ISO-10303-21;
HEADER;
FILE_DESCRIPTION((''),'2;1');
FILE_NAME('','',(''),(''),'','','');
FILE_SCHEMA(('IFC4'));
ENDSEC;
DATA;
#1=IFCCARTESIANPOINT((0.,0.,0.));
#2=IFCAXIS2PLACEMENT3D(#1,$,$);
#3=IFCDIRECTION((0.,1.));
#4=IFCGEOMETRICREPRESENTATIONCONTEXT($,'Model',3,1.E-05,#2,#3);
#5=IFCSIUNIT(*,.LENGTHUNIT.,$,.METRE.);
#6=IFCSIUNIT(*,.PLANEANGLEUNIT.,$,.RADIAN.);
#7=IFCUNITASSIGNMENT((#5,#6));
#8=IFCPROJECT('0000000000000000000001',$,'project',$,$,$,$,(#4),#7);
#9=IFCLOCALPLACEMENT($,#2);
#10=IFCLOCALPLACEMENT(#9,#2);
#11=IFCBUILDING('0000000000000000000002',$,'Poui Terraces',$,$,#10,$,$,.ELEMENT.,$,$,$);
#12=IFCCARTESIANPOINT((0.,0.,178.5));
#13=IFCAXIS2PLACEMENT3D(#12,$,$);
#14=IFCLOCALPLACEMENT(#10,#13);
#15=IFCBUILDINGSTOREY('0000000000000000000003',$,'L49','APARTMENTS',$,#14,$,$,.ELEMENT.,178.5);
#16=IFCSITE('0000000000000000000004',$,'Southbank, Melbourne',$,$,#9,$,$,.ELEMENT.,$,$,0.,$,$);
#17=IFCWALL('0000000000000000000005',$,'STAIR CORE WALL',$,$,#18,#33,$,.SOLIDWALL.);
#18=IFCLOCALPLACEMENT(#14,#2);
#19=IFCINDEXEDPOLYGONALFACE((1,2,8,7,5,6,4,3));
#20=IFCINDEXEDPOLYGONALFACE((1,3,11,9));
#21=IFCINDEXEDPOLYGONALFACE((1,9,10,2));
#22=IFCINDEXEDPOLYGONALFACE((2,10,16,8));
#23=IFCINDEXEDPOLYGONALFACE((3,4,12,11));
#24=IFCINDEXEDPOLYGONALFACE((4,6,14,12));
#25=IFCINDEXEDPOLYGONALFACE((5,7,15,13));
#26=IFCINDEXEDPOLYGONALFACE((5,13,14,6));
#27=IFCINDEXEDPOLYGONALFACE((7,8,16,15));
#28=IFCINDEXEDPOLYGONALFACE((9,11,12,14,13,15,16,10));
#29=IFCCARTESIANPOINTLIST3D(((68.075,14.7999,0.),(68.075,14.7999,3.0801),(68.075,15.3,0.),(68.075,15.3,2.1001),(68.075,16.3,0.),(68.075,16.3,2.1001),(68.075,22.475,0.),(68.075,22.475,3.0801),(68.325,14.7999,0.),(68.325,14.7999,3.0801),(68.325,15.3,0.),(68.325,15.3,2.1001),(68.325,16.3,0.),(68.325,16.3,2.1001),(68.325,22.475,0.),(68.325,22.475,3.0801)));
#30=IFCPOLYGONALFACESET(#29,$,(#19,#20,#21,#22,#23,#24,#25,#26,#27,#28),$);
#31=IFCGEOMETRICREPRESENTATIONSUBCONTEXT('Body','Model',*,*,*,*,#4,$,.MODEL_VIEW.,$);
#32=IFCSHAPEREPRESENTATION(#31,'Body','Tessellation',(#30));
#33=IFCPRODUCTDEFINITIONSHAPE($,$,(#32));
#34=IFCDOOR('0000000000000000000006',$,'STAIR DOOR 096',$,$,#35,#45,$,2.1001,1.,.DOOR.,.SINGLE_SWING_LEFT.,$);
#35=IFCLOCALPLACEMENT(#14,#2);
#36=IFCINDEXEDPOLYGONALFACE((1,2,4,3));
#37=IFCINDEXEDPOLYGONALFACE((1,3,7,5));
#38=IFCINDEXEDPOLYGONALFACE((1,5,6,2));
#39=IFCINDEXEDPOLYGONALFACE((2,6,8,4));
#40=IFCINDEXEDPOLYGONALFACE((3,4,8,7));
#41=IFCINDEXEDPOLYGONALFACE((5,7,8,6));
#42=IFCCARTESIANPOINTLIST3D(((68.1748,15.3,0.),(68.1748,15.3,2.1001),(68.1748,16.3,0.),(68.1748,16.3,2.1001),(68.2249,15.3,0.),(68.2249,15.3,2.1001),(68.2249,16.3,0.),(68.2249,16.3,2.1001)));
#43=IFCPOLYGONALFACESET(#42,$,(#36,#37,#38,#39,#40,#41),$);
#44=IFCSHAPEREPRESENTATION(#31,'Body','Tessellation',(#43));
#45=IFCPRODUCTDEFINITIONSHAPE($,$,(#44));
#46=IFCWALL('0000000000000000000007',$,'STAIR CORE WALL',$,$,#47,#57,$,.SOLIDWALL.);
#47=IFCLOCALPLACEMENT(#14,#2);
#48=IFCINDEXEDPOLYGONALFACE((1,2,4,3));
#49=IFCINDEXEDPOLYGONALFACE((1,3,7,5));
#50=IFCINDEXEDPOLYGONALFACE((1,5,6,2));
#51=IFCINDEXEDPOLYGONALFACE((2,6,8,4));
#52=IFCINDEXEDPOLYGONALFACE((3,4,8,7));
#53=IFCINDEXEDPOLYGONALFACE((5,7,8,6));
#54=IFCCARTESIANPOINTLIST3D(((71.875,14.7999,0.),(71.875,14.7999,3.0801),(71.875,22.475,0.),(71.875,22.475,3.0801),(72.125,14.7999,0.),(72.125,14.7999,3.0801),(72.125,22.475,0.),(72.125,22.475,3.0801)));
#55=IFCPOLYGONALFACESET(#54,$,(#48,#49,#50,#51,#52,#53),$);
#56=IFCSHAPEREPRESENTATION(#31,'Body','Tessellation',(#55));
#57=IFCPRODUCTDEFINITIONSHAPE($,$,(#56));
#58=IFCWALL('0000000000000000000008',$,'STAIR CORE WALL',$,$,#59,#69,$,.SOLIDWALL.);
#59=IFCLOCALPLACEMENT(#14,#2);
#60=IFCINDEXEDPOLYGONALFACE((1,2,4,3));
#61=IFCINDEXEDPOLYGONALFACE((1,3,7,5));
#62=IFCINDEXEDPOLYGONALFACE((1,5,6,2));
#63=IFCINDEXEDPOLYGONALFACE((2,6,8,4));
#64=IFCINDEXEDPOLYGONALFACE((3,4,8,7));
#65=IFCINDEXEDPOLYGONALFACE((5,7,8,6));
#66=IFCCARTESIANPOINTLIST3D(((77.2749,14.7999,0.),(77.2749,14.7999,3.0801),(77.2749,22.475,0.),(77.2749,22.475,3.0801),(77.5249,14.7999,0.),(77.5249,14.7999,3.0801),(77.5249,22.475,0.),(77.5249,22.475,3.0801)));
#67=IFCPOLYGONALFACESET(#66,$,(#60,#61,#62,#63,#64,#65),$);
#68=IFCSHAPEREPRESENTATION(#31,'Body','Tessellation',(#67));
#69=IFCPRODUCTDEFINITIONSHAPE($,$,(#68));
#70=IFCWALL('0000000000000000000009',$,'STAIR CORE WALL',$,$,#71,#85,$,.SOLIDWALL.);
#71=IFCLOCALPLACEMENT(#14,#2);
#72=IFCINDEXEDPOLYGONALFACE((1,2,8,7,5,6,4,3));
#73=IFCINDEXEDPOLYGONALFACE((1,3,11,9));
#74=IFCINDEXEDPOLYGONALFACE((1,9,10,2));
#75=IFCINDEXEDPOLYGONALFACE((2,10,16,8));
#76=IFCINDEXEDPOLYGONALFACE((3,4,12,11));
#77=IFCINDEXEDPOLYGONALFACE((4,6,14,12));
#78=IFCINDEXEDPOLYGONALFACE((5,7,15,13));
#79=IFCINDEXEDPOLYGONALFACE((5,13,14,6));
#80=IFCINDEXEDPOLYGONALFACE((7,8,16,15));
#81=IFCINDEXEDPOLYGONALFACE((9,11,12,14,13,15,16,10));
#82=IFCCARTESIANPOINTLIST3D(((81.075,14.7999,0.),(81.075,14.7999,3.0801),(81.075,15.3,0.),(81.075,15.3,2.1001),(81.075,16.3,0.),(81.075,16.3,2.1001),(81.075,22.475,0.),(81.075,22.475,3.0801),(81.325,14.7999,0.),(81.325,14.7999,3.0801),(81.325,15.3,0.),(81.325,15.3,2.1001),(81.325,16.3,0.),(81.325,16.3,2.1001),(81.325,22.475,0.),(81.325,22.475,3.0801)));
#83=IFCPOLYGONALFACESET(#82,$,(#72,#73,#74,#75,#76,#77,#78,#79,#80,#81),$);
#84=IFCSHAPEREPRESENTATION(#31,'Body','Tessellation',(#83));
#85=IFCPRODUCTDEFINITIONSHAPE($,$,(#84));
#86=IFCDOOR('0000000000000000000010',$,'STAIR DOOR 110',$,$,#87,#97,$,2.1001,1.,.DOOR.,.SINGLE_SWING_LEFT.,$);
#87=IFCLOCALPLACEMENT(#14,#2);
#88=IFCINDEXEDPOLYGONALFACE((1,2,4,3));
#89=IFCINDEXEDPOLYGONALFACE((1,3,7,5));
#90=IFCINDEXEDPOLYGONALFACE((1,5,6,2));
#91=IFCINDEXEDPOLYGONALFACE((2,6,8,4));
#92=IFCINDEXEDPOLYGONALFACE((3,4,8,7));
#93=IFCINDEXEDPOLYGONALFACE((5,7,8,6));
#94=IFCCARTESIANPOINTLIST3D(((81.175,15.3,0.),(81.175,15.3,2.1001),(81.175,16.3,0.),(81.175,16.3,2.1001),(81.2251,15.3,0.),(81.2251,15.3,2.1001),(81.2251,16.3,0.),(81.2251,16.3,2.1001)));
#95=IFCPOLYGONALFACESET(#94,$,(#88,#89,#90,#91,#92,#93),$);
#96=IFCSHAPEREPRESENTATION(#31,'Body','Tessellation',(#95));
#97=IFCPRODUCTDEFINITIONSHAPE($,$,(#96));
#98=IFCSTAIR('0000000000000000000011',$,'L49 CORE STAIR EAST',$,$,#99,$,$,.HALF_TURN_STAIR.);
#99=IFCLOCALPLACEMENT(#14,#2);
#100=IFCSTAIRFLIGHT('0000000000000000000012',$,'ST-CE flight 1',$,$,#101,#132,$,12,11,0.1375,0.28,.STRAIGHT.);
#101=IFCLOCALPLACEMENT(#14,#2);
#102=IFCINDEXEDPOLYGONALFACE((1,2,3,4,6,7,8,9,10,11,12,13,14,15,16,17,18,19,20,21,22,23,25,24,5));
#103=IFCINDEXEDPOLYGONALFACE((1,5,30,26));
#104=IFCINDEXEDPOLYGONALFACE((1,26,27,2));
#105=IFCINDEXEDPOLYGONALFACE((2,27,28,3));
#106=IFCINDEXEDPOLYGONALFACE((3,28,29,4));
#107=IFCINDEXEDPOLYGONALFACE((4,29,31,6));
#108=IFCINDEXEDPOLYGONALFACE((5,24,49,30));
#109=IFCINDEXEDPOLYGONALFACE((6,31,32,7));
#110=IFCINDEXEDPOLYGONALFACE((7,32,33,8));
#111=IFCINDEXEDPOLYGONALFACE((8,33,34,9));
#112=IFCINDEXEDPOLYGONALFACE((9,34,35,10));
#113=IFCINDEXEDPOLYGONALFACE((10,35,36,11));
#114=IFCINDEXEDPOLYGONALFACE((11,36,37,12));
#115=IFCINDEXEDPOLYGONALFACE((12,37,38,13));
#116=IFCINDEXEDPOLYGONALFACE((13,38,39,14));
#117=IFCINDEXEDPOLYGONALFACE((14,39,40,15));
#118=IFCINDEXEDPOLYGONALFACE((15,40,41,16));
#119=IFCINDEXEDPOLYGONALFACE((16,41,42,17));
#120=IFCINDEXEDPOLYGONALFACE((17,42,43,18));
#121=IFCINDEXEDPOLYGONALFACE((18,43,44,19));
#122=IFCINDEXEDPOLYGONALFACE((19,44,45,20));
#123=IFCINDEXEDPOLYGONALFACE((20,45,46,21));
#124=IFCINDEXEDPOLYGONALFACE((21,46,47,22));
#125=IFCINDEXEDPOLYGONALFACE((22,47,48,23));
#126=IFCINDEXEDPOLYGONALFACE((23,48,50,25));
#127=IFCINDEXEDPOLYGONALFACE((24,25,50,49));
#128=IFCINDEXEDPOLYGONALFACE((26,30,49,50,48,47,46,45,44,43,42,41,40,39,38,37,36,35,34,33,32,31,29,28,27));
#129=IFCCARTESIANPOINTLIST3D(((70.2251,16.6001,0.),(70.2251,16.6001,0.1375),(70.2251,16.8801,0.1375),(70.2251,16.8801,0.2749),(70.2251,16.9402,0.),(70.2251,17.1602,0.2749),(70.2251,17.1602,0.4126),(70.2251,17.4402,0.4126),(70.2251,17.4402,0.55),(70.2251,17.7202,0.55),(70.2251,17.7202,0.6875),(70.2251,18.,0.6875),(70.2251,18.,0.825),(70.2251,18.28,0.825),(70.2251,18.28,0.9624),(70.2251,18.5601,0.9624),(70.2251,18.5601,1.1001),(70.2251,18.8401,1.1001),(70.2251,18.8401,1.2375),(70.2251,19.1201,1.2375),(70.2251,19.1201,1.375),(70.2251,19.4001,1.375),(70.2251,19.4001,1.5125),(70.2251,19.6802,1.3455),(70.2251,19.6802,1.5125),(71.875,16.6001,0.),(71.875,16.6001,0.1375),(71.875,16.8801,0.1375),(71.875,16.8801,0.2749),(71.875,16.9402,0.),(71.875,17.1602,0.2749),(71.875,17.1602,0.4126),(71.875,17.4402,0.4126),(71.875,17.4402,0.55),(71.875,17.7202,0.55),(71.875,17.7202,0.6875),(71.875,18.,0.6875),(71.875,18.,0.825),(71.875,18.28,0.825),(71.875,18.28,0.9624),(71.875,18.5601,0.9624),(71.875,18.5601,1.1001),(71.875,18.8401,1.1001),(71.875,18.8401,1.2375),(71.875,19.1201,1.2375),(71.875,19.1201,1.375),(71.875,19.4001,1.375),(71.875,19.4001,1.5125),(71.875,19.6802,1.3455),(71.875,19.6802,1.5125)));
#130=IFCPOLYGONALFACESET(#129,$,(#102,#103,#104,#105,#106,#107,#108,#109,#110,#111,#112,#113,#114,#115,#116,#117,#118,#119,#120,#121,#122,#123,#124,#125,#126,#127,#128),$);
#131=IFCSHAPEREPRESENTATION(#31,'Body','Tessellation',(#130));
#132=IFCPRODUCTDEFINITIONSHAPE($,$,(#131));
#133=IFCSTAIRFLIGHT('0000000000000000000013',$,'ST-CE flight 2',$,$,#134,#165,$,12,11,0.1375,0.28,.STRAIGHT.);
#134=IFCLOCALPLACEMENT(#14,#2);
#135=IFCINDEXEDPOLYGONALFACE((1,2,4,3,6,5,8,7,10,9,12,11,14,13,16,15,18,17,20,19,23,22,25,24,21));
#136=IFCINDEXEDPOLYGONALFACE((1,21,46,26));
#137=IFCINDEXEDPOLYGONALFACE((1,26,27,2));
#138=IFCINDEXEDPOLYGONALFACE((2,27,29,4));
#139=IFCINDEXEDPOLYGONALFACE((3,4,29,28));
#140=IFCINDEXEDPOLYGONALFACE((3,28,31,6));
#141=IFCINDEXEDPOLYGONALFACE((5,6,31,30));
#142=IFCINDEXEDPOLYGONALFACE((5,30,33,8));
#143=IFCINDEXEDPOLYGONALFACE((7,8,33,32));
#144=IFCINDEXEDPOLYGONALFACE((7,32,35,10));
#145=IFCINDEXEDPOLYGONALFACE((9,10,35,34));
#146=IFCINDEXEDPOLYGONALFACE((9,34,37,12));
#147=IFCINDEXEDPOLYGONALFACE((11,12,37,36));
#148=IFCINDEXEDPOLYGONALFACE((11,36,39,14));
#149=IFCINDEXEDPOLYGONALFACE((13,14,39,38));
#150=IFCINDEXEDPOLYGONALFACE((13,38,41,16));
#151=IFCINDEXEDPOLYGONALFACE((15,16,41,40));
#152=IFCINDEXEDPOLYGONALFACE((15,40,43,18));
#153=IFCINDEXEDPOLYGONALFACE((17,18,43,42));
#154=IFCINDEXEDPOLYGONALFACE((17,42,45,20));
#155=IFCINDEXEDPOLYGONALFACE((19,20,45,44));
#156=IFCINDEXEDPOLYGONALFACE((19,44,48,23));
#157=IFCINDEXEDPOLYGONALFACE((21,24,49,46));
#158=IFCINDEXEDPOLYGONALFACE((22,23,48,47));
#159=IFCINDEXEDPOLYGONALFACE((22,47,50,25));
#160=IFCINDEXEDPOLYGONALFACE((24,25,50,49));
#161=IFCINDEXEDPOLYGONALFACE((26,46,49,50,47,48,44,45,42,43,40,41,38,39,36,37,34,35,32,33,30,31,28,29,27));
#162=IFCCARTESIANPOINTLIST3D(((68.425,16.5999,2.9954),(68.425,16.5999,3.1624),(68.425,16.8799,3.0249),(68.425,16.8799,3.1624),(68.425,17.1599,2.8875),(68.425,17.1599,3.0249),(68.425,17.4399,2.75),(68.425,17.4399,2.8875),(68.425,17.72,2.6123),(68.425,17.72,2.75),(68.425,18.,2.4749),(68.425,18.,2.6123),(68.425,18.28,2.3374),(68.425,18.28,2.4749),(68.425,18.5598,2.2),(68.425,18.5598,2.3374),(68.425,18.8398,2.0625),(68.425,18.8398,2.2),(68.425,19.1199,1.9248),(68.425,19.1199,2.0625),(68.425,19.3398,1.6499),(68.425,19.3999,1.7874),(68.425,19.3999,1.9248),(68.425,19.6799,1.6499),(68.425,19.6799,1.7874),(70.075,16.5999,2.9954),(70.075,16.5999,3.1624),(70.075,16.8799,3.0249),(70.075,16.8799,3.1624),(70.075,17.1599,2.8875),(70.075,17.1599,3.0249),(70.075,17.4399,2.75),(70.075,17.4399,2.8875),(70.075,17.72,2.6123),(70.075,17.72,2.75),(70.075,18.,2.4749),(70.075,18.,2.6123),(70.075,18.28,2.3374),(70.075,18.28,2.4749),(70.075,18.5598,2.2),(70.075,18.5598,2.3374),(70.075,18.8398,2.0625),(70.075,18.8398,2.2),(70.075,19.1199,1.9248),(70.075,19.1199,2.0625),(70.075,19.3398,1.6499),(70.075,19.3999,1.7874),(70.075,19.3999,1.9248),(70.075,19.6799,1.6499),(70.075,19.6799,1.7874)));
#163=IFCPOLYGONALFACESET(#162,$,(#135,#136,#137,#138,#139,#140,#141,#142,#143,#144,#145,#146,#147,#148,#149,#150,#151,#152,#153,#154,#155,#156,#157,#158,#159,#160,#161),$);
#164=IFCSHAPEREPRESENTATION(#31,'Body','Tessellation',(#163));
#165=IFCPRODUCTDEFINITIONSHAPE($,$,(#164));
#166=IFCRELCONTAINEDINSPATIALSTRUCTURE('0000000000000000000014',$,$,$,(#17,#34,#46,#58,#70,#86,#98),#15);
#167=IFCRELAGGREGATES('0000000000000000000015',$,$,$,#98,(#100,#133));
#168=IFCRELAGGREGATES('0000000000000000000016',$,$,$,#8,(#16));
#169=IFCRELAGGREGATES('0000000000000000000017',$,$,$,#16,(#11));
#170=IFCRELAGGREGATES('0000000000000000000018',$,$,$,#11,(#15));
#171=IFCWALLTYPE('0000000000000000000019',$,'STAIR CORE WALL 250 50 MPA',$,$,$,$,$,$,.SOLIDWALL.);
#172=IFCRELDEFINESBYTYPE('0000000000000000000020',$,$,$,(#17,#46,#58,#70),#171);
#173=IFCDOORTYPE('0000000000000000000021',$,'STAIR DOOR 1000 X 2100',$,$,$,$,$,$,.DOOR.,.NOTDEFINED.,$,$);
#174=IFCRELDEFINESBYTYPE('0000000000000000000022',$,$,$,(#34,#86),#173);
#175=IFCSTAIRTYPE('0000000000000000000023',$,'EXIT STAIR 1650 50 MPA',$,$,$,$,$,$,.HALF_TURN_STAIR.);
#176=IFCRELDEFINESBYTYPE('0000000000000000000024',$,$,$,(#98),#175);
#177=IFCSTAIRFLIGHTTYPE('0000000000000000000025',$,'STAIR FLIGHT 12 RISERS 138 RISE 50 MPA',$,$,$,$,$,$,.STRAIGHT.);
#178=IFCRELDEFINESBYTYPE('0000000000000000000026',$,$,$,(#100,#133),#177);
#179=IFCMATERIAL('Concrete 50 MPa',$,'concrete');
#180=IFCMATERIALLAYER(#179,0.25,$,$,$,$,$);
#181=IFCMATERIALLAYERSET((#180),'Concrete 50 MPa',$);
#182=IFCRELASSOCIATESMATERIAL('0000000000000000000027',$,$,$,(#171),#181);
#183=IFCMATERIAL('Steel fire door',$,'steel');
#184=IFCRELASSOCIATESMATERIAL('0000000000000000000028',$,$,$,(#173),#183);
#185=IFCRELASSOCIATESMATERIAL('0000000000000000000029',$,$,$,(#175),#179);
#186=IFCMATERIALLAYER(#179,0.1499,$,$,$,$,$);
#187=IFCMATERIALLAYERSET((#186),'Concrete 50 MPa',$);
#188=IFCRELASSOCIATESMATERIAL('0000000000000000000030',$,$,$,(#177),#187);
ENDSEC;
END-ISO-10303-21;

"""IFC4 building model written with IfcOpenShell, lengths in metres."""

from ifc_helpers import new_model, si_unit, direction, frame, frame_2d, origin, place, context, subcontext, project, spatial, polyline, rectangle, outline, extrude, material, layer, layer_set, type_object, element, fill, aggregate, save


model = new_model("IFC4")

# Units and contexts
model_context = context("Model", 3, precision=1e-05, world=origin(), true_north=direction((0.0, 1.0)))
body_context = subcontext(model_context, "Body", "Model", "MODEL_VIEW")
ifc_project = project(units=[si_unit("LENGTHUNIT", "METRE"), si_unit("PLANEANGLEUNIT", "RADIAN")], contexts=[model_context])

# Site, building, storey
site_placement = place(None, origin())
site = spatial("IfcSite", under=ifc_project, at=site_placement, Name="Southbank, Melbourne", CompositionType="ELEMENT", RefElevation=0.0)
building_placement = place(site_placement, origin())
building = spatial("IfcBuilding", under=site, at=building_placement, Name="Poui Terraces", CompositionType="ELEMENT")
storey_placement = place(building_placement, frame((0.0, 0.0, 178.5)))
storey = spatial("IfcBuildingStorey", under=building, at=storey_placement, Name="L49", Description="APARTMENTS", CompositionType="ELEMENT", Elevation=178.5)

# Wall, opening, door
ifc_material_1 = material(Name="Concrete 50 MPa", Category="concrete")
ifc_layer_1 = layer(ifc_material_1, 0.25)
ifc_layer_set_1 = layer_set([ifc_layer_1], Name="Concrete 50 MPa")
wall_type = type_object("IfcWallType", Name="STAIR CORE WALL 250 50 MPA", PredefinedType="SOLIDWALL", material=ifc_layer_set_1)
wall_1_placement = place(storey_placement, frame((68.2, 14.8, 0.0), z_axis=(0.0, 0.0, 1.0), x_axis=(0.0, 1.0, 0.0)))
wall_1 = element("IfcWall", 1, at=wall_1_placement, inside=storey, type_object=wall_type, Name="STAIR CORE WALL", PredefinedType="SOLIDWALL", context=body_context, shape_type="SweptSolid", body=[
    extrude(rectangle(XDim=7.675, YDim=0.25, at=frame_2d((3.8374, 0.0))), origin(), (0.0, 0.0, 1.0), 3.0801),
])
opening_1_placement = place(wall_1_placement, frame((0.5, 0.0, 0.0)))
opening_1 = element("IfcOpeningElement", 2, at=opening_1_placement, cuts=wall_1, PredefinedType="OPENING", context=body_context, shape_type="SweptSolid", body=[
    extrude(rectangle(XDim=1.0, YDim=2.1001, at=frame_2d((0.5, 1.05))), frame((0.0, 0.135, 0.0), z_axis=(0.0, -1.0, 0.0), x_axis=(1.0, 0.0, 0.0)), (0.0, 0.0, 1.0), 0.27),
])
ifc_material_2 = material(Name="Steel fire door", Category="steel")
door_type = type_object("IfcDoorType", Name="STAIR DOOR 1000 X 2100", OperationType="NOTDEFINED", PredefinedType="DOOR", material=ifc_material_2)
door_1_placement = place(opening_1_placement, frame((1.0, 0.0, 0.0), z_axis=(0.0, 0.0, 1.0), x_axis=(-1.0, 0.0, 0.0)))
door_1 = element("IfcDoor", 3, at=door_1_placement, inside=storey, type_object=door_type, Name="STAIR DOOR 096", OperationType="SINGLE_SWING_LEFT", OverallHeight=2.1001, OverallWidth=1.0, PredefinedType="DOOR", context=body_context, shape_type="SweptSolid", body=[
    extrude(rectangle(XDim=1.0, YDim=2.1001, at=frame_2d((0.5, 1.05))), frame((0.0, 0.0249, 0.0), z_axis=(0.0, -1.0, 0.0), x_axis=(1.0, 0.0, 0.0)), (0.0, 0.0, 1.0), 0.05),
])
fill(opening_1, door_1)

# Walls
for number, where, z_axis, x_axis, name in (
    (4, (72.0, 14.8, 0.0), (0.0, 0.0, 1.0), (0.0, 1.0, 0.0), "STAIR CORE WALL"),
    (5, (77.3999, 14.8, 0.0), (0.0, 0.0, 1.0), (0.0, 1.0, 0.0), "STAIR CORE WALL"),
):
    element("IfcWall", number, at=place(storey_placement, frame(where, z_axis=z_axis, x_axis=x_axis)), inside=storey, type_object=wall_type, Name=name, PredefinedType="SOLIDWALL", context=body_context, shape_type="SweptSolid", body=[
        extrude(rectangle(XDim=7.675, YDim=0.25, at=frame_2d((3.8374, 0.0))), origin(), (0.0, 0.0, 1.0), 3.0801),
    ])

# Wall, opening, door
wall_2_placement = place(storey_placement, frame((81.2, 14.8, 0.0), z_axis=(0.0, 0.0, 1.0), x_axis=(0.0, 1.0, 0.0)))
wall_2 = element("IfcWall", 6, at=wall_2_placement, inside=storey, type_object=wall_type, Name="STAIR CORE WALL", PredefinedType="SOLIDWALL", context=body_context, shape_type="SweptSolid", body=[
    extrude(rectangle(XDim=7.675, YDim=0.25, at=frame_2d((3.8374, 0.0))), origin(), (0.0, 0.0, 1.0), 3.0801),
])
opening_2_placement = place(wall_2_placement, frame((0.5, 0.0, 0.0)))
opening_2 = element("IfcOpeningElement", 7, at=opening_2_placement, cuts=wall_2, PredefinedType="OPENING", context=body_context, shape_type="SweptSolid", body=[
    extrude(rectangle(XDim=1.0, YDim=2.1001, at=frame_2d((0.5, 1.05))), frame((0.0, 0.135, 0.0), z_axis=(0.0, -1.0, 0.0), x_axis=(1.0, 0.0, 0.0)), (0.0, 0.0, 1.0), 0.27),
])
door_2_placement = place(opening_2_placement, origin())
door_2 = element("IfcDoor", 8, at=door_2_placement, inside=storey, type_object=door_type, Name="STAIR DOOR 110", OperationType="SINGLE_SWING_LEFT", OverallHeight=2.1001, OverallWidth=1.0, PredefinedType="DOOR", context=body_context, shape_type="SweptSolid", body=[
    extrude(rectangle(XDim=1.0, YDim=2.1001, at=frame_2d((0.5, 1.05))), frame((0.0, 0.0249, 0.0), z_axis=(0.0, -1.0, 0.0), x_axis=(1.0, 0.0, 0.0)), (0.0, 0.0, 1.0), 0.05),
])
fill(opening_2, door_2)

# Stair, stair flights
stair_type = type_object("IfcStairType", Name="EXIT STAIR 1650 50 MPA", PredefinedType="HALF_TURN_STAIR", material=ifc_material_1)
stair_1_placement = place(storey_placement, origin())
stair_1 = element("IfcStair", 9, at=stair_1_placement, inside=storey, type_object=stair_type, Name="L49 CORE STAIR EAST", PredefinedType="HALF_TURN_STAIR")
ifc_layer_2 = layer(ifc_material_1, 0.1499)
ifc_layer_set_2 = layer_set([ifc_layer_2], Name="Concrete 50 MPa")
stair_flight_type = type_object("IfcStairFlightType", Name="STAIR FLIGHT 12 RISERS 138 RISE 50 MPA", PredefinedType="STRAIGHT", material=ifc_layer_set_2)
stair_flight_1_placement = place(storey_placement, frame((71.05, 16.6001, 0.0), z_axis=(0.0, 0.0, 1.0), x_axis=(0.0, 1.0, 0.0)))
stair_flight_1 = element("IfcStairFlight", 10, at=stair_flight_1_placement, type_object=stair_flight_type, Name="ST-CE flight 1", NumberOfRisers=12, NumberOfTreads=11, PredefinedType="STRAIGHT", RiserHeight=0.1375, TreadLength=0.28, context=body_context, shape_type="SweptSolid", body=[
    extrude(outline(polyline([(0.0, 0.0), (0.0, 0.1375), (0.28, 0.1375), (0.28, 0.2749), (0.5601, 0.2749), (0.5601, 0.4126), (0.8401, 0.4126), (0.8401, 0.55), (1.1201, 0.55), (1.1201, 0.6875), (1.3999, 0.6875), (1.3999, 0.825), (1.6799, 0.825), (1.6799, 0.9624), (1.96, 0.9624), (1.96, 1.1001), (2.24, 1.1001), (2.24, 1.2375), (2.52, 1.2375), (2.52, 1.375), (2.8, 1.375), (2.8, 1.5125), (3.0801, 1.5125), (3.0801, 1.6499), (3.0801, 1.3455), (0.3401, 0.0), (0.0, 0.0)])), frame((0.0, 0.825, 0.0), z_axis=(0.0, -1.0, 0.0), x_axis=(1.0, 0.0, 0.0)), (0.0, 0.0, 1.0), 1.6499),
])
stair_flight_2_placement = place(storey_placement, frame((69.25, 19.6799, 1.6499), z_axis=(0.0, 0.0, 1.0), x_axis=(0.0, -1.0, 0.0)))
stair_flight_2 = element("IfcStairFlight", 11, at=stair_flight_2_placement, type_object=stair_flight_type, Name="ST-CE flight 2", NumberOfRisers=12, NumberOfTreads=11, PredefinedType="STRAIGHT", RiserHeight=0.1375, TreadLength=0.28, context=body_context, shape_type="SweptSolid", body=[
    extrude(outline(polyline([(0.0, 0.0), (0.0, 0.1375), (0.28, 0.1375), (0.28, 0.2749), (0.5601, 0.2749), (0.5601, 0.4126), (0.8401, 0.4126), (0.8401, 0.55), (1.1201, 0.55), (1.1201, 0.6875), (1.3999, 0.6875), (1.3999, 0.825), (1.6799, 0.825), (1.6799, 0.9624), (1.96, 0.9624), (1.96, 1.1001), (2.24, 1.1001), (2.24, 1.2375), (2.52, 1.2375), (2.52, 1.375), (2.8, 1.375), (2.8, 1.5125), (3.0801, 1.5125), (3.0801, 1.6499), (3.0801, 1.3455), (0.3401, 0.0), (0.0, 0.0)])), frame((0.0, 0.825, 0.0), z_axis=(0.0, -1.0, 0.0), x_axis=(1.0, 0.0, 0.0)), (0.0, 0.0, 1.0), 1.6499),
])
aggregate(stair_1, [stair_flight_1, stair_flight_2])

save(model, "model.ifc")
